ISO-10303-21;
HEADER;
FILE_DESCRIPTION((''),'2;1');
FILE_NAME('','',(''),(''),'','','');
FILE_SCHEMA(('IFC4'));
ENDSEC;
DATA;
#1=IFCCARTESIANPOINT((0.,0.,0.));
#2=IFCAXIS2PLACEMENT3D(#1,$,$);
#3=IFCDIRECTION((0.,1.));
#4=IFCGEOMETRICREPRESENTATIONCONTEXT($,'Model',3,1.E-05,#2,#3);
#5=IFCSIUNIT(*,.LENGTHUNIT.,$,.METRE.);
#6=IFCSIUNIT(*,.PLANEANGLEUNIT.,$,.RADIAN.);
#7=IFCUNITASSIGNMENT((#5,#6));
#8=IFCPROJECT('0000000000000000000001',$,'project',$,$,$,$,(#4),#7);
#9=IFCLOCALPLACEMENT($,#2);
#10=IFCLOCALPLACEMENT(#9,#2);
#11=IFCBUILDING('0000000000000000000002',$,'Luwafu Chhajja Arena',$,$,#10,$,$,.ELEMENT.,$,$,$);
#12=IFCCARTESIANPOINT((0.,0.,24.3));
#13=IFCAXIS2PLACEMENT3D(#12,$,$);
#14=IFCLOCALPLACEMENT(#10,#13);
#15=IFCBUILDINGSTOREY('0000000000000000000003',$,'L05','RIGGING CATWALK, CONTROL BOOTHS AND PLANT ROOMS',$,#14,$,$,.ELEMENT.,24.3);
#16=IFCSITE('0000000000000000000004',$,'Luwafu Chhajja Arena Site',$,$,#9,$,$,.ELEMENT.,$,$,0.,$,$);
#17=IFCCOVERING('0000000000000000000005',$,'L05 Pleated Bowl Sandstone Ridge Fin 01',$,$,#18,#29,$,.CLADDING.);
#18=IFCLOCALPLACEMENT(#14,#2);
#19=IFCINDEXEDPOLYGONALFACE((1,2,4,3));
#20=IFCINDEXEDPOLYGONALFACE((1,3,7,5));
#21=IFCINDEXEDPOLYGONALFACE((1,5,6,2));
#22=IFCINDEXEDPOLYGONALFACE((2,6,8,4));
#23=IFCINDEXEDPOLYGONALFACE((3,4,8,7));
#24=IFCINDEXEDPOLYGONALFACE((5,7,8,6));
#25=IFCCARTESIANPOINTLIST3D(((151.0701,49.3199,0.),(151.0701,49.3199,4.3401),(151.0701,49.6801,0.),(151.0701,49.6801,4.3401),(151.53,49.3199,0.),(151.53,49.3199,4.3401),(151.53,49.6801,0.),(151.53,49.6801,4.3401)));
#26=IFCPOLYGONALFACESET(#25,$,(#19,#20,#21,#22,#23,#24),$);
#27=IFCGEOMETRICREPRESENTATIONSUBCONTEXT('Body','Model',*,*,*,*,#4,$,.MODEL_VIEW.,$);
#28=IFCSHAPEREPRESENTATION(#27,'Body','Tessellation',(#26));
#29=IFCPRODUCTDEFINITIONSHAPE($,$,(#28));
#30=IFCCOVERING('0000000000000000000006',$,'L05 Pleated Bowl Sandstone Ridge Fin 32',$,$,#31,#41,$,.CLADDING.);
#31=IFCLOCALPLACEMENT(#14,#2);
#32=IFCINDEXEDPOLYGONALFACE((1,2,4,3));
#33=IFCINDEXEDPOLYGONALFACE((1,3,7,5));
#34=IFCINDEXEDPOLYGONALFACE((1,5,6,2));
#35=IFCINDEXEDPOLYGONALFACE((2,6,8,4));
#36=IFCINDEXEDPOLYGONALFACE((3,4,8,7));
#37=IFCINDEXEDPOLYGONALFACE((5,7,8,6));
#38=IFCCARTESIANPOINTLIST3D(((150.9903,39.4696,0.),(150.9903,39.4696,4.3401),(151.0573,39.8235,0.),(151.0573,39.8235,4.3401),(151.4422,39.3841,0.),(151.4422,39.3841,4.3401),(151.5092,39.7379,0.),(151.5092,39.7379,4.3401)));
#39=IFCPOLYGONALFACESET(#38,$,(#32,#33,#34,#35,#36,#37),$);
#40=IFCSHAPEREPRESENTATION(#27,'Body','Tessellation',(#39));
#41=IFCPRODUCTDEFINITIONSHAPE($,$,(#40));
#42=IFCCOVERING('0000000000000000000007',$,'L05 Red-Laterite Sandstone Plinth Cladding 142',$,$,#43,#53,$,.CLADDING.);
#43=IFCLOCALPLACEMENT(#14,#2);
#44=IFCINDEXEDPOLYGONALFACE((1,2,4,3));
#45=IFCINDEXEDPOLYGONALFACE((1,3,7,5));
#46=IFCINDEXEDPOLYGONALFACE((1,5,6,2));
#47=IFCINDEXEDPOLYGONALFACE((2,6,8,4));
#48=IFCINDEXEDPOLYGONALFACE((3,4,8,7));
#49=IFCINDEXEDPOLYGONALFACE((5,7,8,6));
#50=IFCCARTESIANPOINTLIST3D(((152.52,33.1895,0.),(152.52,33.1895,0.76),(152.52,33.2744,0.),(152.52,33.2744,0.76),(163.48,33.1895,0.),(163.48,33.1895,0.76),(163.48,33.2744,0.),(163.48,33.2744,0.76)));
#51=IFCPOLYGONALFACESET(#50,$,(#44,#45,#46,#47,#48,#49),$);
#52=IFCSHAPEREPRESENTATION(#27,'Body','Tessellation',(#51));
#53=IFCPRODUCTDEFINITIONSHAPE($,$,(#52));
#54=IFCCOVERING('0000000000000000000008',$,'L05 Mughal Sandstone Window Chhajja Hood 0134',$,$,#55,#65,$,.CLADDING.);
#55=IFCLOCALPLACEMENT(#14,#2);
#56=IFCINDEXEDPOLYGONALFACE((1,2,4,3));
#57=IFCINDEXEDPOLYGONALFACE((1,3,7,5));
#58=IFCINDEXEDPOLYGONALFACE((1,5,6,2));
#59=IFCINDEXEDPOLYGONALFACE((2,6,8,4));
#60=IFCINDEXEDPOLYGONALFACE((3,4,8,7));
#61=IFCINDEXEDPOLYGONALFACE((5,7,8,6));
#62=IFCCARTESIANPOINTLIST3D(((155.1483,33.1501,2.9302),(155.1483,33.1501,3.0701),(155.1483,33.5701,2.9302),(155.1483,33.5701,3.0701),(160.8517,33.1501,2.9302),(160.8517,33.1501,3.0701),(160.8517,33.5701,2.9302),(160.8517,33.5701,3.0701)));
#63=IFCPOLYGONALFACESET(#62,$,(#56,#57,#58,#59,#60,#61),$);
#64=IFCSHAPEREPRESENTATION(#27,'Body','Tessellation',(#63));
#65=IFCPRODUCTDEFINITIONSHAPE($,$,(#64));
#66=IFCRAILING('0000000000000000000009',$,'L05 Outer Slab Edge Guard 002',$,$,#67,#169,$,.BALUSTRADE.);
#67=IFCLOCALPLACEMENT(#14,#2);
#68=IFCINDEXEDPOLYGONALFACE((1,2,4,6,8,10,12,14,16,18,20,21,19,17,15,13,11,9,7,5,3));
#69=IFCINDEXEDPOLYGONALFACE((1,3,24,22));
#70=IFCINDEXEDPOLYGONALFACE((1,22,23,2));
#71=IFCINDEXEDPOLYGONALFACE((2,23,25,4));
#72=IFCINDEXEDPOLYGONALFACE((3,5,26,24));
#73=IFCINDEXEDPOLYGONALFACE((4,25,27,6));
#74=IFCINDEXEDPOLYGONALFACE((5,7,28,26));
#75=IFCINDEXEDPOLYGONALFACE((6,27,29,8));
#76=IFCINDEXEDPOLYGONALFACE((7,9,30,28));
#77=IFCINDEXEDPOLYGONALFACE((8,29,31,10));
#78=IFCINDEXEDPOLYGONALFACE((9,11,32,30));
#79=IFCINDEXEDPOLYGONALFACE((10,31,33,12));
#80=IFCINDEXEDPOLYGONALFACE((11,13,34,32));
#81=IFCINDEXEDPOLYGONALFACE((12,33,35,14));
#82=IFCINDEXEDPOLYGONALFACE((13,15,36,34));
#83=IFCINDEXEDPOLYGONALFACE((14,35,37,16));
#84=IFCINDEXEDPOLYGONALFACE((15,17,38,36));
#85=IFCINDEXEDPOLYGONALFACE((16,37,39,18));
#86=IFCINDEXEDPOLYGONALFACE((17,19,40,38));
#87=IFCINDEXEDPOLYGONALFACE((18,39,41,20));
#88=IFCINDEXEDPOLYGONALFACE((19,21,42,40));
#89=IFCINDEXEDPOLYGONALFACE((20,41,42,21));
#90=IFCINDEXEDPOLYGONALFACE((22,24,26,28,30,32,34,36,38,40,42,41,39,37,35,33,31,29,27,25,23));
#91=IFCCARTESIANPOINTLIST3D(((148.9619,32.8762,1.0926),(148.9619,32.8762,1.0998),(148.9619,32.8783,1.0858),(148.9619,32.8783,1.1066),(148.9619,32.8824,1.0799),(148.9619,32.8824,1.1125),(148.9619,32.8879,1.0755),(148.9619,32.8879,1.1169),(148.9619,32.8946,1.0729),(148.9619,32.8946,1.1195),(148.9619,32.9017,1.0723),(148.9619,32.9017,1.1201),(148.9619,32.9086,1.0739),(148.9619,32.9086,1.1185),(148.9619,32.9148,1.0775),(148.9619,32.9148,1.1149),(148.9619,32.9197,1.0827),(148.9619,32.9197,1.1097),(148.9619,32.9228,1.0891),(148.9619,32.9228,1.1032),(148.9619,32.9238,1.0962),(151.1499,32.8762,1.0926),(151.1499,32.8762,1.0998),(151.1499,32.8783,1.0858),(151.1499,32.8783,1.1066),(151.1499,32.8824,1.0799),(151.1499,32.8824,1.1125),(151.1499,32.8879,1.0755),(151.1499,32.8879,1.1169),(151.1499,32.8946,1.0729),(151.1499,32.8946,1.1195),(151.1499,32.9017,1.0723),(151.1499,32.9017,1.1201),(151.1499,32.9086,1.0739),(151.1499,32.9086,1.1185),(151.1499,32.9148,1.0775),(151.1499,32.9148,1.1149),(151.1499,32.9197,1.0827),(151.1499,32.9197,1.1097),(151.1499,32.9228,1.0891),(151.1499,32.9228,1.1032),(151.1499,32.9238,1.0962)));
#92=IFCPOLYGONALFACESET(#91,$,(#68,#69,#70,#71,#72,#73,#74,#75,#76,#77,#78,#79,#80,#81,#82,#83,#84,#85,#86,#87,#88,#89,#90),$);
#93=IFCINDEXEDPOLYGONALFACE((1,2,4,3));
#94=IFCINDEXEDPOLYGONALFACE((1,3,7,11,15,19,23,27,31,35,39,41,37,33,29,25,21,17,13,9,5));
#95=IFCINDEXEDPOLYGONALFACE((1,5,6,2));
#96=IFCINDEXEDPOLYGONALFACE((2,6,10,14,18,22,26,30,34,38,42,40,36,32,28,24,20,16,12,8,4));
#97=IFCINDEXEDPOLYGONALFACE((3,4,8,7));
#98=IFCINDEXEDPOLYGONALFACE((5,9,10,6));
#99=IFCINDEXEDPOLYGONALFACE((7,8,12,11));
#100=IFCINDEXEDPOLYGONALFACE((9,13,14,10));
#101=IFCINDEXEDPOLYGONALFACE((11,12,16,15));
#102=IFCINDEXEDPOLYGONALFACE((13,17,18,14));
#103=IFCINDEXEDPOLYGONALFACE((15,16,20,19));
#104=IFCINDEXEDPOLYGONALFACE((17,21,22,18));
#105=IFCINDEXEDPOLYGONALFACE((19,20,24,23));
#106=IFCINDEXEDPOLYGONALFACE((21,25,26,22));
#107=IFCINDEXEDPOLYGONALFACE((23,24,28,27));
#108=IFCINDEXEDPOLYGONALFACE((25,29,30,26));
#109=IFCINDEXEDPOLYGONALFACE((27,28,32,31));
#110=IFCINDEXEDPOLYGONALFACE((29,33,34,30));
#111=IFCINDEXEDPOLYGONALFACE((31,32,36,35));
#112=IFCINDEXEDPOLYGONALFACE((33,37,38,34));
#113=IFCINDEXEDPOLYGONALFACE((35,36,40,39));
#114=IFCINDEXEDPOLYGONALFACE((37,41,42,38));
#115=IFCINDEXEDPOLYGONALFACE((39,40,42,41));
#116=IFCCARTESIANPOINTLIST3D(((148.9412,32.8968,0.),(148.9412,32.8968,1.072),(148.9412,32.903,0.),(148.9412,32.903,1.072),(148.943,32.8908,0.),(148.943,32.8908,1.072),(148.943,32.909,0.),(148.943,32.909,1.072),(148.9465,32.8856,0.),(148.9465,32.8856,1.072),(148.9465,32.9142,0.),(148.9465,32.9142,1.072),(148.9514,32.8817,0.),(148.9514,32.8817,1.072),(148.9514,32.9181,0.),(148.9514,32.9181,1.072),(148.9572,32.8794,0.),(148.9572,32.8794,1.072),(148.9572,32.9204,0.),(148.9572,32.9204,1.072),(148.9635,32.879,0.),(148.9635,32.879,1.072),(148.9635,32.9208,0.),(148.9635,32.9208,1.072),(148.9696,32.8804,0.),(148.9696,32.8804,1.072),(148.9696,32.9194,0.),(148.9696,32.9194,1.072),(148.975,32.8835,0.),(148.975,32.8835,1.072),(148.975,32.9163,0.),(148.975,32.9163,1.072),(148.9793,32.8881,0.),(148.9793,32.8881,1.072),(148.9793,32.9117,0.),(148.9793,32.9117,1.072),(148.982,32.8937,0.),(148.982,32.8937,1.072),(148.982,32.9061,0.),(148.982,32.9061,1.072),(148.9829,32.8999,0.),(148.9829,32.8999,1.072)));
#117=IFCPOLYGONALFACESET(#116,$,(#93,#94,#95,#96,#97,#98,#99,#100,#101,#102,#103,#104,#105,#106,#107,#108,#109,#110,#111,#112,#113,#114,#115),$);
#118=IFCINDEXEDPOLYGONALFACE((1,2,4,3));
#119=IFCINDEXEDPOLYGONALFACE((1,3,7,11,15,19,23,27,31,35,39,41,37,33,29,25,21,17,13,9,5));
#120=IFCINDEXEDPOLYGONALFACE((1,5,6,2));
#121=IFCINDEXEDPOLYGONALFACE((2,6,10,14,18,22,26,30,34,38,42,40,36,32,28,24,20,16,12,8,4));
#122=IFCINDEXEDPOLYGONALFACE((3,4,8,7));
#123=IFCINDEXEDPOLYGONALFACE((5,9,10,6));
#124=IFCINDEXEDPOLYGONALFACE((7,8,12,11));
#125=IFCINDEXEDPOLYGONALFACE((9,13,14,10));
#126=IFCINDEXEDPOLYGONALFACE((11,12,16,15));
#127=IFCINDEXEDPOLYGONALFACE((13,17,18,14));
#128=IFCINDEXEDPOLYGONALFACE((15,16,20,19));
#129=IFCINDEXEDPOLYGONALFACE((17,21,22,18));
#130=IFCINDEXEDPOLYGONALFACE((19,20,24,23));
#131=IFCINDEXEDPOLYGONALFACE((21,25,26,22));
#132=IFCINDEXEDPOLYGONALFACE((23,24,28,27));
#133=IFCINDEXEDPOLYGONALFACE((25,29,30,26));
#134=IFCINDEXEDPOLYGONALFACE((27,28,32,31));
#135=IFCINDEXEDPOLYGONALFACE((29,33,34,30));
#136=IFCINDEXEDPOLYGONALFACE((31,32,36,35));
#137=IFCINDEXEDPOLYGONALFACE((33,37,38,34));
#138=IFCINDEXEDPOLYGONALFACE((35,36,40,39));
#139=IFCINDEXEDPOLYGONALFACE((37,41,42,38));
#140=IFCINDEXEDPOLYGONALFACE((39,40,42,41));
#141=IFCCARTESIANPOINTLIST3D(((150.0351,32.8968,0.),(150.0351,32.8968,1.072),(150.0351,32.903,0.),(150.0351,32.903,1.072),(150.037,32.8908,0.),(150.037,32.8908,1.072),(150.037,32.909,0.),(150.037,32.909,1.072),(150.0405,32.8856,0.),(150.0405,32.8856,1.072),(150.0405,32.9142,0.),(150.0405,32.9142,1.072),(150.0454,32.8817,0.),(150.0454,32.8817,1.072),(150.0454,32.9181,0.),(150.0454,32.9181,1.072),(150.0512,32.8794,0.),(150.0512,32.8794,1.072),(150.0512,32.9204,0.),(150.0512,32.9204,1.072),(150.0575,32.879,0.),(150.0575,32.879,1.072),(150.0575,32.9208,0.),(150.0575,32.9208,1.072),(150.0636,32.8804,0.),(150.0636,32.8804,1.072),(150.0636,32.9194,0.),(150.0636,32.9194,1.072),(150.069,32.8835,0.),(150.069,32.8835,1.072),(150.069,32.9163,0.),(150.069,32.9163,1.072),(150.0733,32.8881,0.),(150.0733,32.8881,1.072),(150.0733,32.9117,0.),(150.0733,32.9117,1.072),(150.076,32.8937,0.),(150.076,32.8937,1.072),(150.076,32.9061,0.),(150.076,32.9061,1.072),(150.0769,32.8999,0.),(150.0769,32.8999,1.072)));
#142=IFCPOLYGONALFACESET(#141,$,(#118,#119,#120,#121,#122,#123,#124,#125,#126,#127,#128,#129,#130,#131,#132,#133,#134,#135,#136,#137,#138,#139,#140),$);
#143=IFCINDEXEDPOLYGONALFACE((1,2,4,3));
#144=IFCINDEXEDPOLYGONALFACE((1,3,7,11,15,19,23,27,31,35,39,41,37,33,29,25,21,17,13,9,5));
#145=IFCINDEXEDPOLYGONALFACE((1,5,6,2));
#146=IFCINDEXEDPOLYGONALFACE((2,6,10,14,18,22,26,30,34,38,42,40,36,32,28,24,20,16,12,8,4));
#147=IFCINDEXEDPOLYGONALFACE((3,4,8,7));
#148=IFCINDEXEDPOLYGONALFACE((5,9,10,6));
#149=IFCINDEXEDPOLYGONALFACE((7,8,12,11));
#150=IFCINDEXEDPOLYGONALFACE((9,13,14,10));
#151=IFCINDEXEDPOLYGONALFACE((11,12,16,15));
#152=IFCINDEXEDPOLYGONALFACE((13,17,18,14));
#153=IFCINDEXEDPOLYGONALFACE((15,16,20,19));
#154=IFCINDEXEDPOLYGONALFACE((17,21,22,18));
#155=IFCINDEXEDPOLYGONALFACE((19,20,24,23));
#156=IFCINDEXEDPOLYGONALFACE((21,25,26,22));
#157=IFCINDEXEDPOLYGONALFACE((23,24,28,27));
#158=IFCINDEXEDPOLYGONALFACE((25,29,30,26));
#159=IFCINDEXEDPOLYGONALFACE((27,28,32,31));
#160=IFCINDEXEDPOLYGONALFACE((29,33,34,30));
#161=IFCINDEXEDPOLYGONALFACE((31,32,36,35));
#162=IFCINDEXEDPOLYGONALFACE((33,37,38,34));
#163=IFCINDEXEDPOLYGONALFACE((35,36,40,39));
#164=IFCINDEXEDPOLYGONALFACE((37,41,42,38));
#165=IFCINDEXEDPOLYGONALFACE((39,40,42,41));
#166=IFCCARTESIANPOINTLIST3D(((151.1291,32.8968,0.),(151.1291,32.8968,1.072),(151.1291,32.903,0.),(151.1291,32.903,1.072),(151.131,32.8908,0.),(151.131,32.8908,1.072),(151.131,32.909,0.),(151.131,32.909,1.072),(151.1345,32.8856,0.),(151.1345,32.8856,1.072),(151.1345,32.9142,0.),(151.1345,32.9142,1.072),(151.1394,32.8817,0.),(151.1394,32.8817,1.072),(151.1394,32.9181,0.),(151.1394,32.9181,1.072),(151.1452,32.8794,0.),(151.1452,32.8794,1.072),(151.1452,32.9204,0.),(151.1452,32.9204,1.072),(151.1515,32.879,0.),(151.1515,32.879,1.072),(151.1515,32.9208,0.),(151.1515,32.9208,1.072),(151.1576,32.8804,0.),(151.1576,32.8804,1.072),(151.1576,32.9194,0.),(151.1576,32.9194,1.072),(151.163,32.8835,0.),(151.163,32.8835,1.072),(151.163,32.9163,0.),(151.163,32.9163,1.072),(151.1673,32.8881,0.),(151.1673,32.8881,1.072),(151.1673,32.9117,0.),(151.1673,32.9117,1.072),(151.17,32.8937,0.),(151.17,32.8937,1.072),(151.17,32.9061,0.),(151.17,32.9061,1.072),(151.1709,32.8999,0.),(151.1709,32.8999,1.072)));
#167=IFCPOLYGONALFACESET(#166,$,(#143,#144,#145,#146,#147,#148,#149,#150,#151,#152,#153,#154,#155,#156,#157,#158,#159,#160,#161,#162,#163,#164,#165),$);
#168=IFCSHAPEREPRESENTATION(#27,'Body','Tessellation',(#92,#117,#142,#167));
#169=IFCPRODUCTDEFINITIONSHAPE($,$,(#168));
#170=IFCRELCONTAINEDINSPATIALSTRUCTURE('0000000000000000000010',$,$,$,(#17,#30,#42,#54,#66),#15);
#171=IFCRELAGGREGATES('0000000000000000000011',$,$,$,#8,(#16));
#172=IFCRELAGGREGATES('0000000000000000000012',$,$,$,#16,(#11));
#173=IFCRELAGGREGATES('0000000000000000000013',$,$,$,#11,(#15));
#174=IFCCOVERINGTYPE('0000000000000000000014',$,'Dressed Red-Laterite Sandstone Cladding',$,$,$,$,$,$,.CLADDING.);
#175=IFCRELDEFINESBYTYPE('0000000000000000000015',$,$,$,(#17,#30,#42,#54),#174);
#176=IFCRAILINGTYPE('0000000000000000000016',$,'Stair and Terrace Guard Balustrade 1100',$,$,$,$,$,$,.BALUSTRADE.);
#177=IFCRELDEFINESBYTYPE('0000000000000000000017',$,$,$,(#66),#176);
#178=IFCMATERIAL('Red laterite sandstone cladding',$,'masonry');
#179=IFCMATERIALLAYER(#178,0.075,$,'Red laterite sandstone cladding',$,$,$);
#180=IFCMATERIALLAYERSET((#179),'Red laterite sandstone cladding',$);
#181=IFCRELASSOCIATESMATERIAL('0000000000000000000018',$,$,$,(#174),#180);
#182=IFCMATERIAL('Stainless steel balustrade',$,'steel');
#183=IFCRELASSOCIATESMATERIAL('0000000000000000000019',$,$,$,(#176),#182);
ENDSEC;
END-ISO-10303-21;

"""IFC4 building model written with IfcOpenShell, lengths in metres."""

from ifc_helpers import new_model, si_unit, direction, frame, origin, origin_2d, place, context, subcontext, project, spatial, rectangle, circle, extrude, material, layer, layer_set, type_object, element, save


model = new_model("IFC4")

# Units and contexts
model_context = context("Model", 3, precision=1e-05, world=origin(), true_north=direction((0.0, 1.0)))
body_context = subcontext(model_context, "Body", "Model", "MODEL_VIEW")
ifc_project = project(units=[si_unit("LENGTHUNIT", "METRE"), si_unit("PLANEANGLEUNIT", "RADIAN")], contexts=[model_context])

# Site, building, storey
site_placement = place(None, origin())
site = spatial("IfcSite", under=ifc_project, at=site_placement, Name="Luwafu Chhajja Arena Site", CompositionType="ELEMENT", RefElevation=0.0)
building_placement = place(site_placement, origin())
building = spatial("IfcBuilding", under=site, at=building_placement, Name="Luwafu Chhajja Arena", CompositionType="ELEMENT")
storey_placement = place(building_placement, frame((0.0, 0.0, 24.3)))
storey = spatial("IfcBuildingStorey", under=building, at=storey_placement, Name="L05", Description="RIGGING CATWALK, CONTROL BOOTHS AND PLANT ROOMS", CompositionType="ELEMENT", Elevation=24.3)

# Coverings
ifc_material_1 = material(Name="Red laterite sandstone cladding", Category="masonry")
ifc_layer_1 = layer(ifc_material_1, 0.075, Name="Red laterite sandstone cladding")
ifc_layer_set_1 = layer_set([ifc_layer_1], Name="Red laterite sandstone cladding")
covering_type = type_object("IfcCoveringType", Name="Dressed Red-Laterite Sandstone Cladding", PredefinedType="CLADDING", material=ifc_layer_set_1)
for number, where, z_axis, x_axis, name in (
    (1, (151.3, 49.5, 0.0), (0.0, 0.0, 1.0), (1.0, 0.0, 0.0), "L05 Pleated Bowl Sandstone Ridge Fin 01"),
    (2, (151.2498, 39.6038, 0.0), (0.0, 0.0, 1.0), (0.982532, -0.186093, 0.0), "L05 Pleated Bowl Sandstone Ridge Fin 32"),
):
    element("IfcCovering", number, at=place(storey_placement, frame(where, z_axis=z_axis, x_axis=x_axis)), inside=storey, type_object=covering_type, Name=name, PredefinedType="CLADDING", context=body_context, shape_type="SweptSolid", body=[
        extrude(rectangle(XDim=0.46, YDim=0.3601, at=origin_2d()), origin(), (0.0, 0.0, 1.0), 4.3401),
    ])
covering_1_placement = place(storey_placement, frame((158.0, 33.2319, 0.0), z_axis=(0.0, 0.0, 1.0), x_axis=(1.0, 0.0, 0.0)))
element("IfcCovering", 3, at=covering_1_placement, inside=storey, type_object=covering_type, Name="L05 Red-Laterite Sandstone Plinth Cladding 142", PredefinedType="CLADDING", context=body_context, shape_type="SweptSolid", body=[
    extrude(rectangle(XDim=10.96, YDim=0.085, at=origin_2d()), origin(), (0.0, 0.0, 1.0), 0.76),
])
covering_2_placement = place(storey_placement, frame((158.0, 33.3601, 2.9302), z_axis=(0.0, 0.0, 1.0), x_axis=(1.0, 0.0, 0.0)))
element("IfcCovering", 4, at=covering_2_placement, inside=storey, type_object=covering_type, Name="L05 Mughal Sandstone Window Chhajja Hood 0134", PredefinedType="CLADDING", context=body_context, shape_type="SweptSolid", body=[
    extrude(rectangle(XDim=5.7034, YDim=0.4199, at=origin_2d()), origin(), (0.0, 0.0, 1.0), 0.1399),
])

# Railing
ifc_material_2 = material(Name="Stainless steel balustrade", Category="steel")
railing_type = type_object("IfcRailingType", Name="Stair and Terrace Guard Balustrade 1100", PredefinedType="BALUSTRADE", material=ifc_material_2)
railing_placement = place(storey_placement, frame((148.9619, 32.8999, 0.0)))
element("IfcRailing", 5, at=railing_placement, inside=storey, type_object=railing_type, Name="L05 Outer Slab Edge Guard 002", PredefinedType="BALUSTRADE", context=body_context, shape_type="SweptSolid", body=[
    extrude(circle(Radius=0.0239, at=origin_2d()), frame((0.0, 0.0, 1.0962), z_axis=(1.0, 0.0, 0.0), x_axis=(0.0, 1.0, 0.0)), (0.0, 0.0, 1.0), 2.188),
    extrude(circle(Radius=0.021, at=origin_2d()), origin(), (0.0, 0.0, 1.0), 1.072),
    extrude(circle(Radius=0.021, at=origin_2d()), frame((1.094, 0.0, 0.0)), (0.0, 0.0, 1.0), 1.072),
    extrude(circle(Radius=0.021, at=origin_2d()), frame((2.188, 0.0, 0.0)), (0.0, 0.0, 1.0), 1.072),
])

save(model, "model.ifc")
